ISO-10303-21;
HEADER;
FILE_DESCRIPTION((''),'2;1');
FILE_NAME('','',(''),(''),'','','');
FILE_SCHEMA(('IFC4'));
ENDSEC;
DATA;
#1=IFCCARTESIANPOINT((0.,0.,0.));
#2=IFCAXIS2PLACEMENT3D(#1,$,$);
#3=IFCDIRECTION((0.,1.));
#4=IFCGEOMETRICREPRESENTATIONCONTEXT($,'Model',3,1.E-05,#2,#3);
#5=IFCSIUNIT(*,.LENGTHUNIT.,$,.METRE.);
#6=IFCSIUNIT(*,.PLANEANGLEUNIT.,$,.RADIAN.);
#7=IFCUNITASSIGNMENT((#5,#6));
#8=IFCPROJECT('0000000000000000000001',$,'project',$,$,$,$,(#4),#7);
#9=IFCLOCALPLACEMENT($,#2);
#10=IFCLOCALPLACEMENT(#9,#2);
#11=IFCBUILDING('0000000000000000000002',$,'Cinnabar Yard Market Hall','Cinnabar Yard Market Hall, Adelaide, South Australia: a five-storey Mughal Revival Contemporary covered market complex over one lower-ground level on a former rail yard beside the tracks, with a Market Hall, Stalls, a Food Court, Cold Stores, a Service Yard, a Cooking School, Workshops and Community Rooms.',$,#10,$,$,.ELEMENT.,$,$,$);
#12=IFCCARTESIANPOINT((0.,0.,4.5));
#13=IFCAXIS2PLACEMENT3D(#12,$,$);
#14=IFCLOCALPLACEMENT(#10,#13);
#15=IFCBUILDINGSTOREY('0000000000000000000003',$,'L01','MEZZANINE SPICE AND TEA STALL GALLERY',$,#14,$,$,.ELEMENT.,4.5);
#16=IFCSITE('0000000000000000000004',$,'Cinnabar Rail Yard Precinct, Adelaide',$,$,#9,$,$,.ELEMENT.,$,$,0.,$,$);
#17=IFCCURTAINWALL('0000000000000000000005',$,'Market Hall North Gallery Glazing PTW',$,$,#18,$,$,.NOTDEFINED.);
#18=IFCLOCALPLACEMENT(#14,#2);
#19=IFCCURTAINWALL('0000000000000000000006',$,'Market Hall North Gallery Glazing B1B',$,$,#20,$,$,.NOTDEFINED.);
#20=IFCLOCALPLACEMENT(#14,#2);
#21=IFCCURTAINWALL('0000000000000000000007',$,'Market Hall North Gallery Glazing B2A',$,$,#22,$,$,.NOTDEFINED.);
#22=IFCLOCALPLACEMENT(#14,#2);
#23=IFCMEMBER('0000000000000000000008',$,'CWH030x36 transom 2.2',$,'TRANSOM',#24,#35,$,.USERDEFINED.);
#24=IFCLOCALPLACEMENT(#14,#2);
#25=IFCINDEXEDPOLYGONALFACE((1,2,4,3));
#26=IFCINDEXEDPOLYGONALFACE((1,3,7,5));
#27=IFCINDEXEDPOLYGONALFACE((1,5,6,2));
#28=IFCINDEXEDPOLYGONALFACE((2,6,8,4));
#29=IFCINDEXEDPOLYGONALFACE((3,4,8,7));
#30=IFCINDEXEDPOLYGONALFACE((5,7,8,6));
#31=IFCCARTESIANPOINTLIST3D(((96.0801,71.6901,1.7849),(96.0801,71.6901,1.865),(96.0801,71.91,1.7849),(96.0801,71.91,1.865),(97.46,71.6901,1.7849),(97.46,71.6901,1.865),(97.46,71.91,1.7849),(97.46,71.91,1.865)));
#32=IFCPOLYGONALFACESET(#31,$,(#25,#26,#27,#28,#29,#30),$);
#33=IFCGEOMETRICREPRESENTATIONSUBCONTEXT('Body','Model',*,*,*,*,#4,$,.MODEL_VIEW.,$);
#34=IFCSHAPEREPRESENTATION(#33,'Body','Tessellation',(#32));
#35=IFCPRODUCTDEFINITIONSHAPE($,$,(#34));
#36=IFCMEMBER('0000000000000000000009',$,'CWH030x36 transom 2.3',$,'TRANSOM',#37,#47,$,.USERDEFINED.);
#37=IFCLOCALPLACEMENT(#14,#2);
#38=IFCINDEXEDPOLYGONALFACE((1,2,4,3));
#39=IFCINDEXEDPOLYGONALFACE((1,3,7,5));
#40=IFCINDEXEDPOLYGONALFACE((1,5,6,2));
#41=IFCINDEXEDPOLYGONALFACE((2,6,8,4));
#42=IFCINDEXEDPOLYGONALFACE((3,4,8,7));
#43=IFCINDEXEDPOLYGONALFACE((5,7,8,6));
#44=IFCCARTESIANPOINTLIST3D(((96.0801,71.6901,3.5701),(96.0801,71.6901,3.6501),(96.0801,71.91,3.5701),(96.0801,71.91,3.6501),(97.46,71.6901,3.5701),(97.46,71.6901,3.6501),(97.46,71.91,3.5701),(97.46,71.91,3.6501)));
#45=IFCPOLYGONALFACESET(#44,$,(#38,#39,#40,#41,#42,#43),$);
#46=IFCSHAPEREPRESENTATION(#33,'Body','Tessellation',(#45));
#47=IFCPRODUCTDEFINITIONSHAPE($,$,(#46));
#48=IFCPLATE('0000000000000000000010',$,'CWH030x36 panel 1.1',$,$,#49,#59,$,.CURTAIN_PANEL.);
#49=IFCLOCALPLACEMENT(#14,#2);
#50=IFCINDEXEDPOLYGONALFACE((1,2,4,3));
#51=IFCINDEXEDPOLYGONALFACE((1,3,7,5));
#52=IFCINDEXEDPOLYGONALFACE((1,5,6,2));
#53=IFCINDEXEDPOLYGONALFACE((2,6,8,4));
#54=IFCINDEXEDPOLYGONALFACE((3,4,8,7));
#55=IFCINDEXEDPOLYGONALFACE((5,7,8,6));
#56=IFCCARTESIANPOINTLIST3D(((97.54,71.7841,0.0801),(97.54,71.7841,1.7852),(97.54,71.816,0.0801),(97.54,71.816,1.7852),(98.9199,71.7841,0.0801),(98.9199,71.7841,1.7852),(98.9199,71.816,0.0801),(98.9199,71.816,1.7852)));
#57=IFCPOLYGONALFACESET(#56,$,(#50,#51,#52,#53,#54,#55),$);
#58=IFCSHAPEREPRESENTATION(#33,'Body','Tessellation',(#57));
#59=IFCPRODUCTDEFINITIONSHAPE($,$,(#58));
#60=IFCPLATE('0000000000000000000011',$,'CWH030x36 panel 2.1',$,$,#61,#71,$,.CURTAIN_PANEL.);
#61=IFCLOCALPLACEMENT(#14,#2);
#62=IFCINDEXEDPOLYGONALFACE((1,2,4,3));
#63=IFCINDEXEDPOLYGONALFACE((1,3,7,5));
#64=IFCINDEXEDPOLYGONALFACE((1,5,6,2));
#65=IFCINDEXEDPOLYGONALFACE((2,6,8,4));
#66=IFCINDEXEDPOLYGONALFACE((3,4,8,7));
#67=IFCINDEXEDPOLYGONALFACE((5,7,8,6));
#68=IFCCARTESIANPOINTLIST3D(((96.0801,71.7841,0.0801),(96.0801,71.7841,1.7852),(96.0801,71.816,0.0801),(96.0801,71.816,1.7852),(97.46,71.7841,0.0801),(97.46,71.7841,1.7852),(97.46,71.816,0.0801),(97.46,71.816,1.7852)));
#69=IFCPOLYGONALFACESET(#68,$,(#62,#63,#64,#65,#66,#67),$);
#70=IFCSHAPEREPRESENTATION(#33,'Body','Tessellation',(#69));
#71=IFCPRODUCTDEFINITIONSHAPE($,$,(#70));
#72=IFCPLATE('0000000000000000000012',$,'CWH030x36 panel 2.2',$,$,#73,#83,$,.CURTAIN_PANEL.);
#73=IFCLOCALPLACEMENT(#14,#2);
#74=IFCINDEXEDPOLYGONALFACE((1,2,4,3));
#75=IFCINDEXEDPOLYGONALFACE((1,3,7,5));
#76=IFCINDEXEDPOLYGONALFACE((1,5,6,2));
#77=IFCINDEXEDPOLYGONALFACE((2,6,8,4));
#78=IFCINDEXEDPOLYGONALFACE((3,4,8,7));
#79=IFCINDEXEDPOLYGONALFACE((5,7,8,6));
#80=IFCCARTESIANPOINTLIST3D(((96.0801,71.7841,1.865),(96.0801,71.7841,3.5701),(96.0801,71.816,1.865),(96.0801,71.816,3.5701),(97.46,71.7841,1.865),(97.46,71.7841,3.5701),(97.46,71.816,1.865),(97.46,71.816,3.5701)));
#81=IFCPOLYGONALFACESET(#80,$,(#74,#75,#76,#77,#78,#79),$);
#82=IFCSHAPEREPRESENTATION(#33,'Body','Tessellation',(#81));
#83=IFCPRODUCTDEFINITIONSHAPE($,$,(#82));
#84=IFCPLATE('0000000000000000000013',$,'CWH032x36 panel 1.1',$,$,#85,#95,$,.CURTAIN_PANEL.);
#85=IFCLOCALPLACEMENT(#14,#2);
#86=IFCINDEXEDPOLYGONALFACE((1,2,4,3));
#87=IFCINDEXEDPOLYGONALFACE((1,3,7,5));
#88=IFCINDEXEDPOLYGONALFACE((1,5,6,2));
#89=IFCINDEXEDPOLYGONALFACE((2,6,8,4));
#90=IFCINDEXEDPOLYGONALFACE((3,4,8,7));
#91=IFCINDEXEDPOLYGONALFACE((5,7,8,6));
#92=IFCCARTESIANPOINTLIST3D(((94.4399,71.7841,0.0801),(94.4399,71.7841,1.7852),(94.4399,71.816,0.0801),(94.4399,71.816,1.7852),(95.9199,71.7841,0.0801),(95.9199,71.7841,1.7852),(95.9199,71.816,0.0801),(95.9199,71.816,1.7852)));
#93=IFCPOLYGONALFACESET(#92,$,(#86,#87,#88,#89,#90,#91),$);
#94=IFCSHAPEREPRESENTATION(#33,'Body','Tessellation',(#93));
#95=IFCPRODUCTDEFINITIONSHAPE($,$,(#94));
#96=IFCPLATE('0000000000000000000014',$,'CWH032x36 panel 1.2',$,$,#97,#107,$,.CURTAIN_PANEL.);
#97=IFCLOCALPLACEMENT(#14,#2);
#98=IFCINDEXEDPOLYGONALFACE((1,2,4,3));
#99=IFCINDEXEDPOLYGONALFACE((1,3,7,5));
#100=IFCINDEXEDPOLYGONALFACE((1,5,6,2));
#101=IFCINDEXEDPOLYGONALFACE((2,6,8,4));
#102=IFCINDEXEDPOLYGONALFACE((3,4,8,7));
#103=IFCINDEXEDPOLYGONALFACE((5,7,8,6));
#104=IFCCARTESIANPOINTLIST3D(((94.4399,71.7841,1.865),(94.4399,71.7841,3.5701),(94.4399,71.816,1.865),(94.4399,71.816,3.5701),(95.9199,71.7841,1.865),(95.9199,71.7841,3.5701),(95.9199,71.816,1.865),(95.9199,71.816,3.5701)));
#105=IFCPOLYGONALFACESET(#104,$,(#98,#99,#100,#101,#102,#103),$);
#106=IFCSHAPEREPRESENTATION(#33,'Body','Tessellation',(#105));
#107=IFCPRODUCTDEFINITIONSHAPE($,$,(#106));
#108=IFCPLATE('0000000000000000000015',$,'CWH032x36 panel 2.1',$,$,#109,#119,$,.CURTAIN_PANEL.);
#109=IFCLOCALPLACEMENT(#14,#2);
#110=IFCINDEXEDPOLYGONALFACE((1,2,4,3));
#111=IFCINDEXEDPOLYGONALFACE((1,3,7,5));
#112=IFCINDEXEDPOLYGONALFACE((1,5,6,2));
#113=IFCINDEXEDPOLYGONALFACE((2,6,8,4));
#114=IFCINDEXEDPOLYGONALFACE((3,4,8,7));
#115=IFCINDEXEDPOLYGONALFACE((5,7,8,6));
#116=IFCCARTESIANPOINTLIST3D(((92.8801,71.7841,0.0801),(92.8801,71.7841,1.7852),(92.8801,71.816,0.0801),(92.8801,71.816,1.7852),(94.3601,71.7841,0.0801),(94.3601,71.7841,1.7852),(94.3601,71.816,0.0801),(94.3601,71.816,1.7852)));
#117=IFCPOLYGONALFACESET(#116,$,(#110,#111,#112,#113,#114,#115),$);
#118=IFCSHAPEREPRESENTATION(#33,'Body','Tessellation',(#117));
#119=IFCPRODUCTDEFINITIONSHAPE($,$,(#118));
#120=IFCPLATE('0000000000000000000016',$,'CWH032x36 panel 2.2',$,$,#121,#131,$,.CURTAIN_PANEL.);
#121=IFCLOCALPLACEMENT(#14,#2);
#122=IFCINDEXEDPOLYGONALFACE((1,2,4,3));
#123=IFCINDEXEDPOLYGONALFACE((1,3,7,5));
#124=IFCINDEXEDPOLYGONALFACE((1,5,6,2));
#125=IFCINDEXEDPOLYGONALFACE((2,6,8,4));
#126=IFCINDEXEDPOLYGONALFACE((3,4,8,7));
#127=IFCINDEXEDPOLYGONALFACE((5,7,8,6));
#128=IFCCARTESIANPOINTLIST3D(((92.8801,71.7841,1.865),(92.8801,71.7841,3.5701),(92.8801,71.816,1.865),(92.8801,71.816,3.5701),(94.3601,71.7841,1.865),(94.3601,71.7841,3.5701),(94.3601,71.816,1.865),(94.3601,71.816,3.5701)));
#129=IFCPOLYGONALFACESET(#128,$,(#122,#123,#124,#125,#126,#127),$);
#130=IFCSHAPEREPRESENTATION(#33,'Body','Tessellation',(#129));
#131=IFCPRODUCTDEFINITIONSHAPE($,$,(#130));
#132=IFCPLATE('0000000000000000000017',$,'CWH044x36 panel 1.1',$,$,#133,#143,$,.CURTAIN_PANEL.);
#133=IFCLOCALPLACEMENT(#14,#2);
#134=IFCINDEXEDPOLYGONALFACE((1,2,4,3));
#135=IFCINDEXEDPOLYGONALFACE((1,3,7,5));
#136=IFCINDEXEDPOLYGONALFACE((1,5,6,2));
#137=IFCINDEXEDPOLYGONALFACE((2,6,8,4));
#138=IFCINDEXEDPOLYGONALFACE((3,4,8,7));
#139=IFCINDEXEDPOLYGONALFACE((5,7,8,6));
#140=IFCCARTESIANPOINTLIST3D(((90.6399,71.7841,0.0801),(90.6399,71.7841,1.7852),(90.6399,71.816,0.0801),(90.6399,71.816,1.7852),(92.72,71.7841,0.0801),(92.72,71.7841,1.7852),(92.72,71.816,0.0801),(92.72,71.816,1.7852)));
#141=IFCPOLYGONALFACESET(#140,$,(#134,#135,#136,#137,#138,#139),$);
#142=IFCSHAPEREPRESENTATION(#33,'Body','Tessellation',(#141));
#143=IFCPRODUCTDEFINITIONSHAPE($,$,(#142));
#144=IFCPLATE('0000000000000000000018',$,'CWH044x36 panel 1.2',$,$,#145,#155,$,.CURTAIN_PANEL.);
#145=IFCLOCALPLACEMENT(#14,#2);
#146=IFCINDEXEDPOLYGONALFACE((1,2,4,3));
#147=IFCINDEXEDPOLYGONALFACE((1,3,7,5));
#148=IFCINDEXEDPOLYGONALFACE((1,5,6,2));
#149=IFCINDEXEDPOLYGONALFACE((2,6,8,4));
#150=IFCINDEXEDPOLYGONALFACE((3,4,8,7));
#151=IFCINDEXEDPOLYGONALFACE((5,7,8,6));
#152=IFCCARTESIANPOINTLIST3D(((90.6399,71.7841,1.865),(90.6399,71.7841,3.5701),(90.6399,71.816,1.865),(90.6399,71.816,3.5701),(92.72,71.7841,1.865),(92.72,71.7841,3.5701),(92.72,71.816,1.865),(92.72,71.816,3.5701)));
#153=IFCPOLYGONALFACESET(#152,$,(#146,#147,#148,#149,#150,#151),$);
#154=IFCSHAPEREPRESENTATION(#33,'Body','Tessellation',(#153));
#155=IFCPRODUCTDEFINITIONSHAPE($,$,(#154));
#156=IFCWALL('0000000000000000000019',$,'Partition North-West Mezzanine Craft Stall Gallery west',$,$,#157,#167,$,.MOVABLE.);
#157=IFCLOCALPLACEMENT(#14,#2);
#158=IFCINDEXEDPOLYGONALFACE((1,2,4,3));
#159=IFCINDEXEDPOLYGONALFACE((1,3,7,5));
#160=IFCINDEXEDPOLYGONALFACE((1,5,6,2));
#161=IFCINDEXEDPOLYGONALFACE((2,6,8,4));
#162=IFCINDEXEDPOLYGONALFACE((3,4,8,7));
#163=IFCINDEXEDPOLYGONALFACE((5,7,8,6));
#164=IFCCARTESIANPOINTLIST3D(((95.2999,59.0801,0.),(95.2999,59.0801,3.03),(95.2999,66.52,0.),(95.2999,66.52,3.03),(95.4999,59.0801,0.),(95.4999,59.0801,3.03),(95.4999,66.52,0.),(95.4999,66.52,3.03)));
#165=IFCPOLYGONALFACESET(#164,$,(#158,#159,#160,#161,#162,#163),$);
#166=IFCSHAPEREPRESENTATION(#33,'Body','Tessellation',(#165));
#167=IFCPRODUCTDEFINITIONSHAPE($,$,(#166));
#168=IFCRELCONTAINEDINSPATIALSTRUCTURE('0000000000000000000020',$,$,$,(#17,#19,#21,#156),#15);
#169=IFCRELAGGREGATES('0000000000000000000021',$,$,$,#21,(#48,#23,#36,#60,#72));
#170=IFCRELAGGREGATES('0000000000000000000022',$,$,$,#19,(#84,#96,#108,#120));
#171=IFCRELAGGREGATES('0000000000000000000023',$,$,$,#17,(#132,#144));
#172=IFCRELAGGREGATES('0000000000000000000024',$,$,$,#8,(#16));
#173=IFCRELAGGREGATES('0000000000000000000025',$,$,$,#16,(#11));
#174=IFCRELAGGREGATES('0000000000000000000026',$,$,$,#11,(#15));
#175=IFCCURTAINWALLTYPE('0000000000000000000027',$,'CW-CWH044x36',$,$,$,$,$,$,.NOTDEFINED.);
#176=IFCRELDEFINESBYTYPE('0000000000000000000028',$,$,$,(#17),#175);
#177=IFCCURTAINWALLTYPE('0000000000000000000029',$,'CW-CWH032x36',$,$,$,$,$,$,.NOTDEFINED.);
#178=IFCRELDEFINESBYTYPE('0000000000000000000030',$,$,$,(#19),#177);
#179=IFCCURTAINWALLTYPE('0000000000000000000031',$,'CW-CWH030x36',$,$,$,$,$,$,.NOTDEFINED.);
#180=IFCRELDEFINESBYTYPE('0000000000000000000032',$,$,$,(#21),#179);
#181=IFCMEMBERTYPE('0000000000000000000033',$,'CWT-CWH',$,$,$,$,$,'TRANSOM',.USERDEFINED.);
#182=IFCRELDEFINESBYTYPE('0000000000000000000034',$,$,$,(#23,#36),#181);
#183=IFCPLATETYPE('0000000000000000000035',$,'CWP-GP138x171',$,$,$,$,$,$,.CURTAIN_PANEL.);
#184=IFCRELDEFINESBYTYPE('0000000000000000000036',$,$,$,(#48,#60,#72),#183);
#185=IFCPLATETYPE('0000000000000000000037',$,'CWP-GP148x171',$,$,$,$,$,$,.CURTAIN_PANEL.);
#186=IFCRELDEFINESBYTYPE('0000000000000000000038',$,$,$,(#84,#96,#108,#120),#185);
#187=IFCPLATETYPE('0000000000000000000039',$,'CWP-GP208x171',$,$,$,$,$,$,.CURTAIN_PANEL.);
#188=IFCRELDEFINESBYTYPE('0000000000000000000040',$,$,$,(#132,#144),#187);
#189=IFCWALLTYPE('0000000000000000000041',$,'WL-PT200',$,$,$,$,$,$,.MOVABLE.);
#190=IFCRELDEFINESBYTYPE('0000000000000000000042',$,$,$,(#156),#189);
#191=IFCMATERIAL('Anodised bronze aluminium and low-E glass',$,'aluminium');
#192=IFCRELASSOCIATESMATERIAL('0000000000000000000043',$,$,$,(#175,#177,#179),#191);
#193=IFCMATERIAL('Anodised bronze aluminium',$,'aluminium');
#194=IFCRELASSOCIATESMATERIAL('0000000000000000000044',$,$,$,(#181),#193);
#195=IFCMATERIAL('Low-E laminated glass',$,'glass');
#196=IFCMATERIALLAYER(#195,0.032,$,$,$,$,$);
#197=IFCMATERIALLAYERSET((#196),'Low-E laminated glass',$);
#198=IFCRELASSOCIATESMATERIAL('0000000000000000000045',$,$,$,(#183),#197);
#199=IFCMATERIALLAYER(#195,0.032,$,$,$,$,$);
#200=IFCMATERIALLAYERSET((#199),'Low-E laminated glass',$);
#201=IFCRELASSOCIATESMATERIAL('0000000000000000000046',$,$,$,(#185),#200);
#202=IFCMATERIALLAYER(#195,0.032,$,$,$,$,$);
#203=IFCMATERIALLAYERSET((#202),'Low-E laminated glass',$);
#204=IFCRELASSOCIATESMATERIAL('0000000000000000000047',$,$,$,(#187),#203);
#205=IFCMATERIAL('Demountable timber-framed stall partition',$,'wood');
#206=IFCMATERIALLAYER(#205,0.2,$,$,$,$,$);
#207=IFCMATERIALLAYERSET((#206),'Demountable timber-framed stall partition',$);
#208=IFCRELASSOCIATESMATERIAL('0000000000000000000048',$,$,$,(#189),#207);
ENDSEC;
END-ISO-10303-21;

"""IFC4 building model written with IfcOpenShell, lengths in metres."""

from ifc_helpers import new_model, si_unit, direction, frame, frame_2d, origin, origin_2d_with_axis, place, context, subcontext, project, spatial, rectangle, extrude, material, layer, layer_set, material_profile, profile_set, type_object, element, aggregate, save


model = new_model("IFC4")

# Units and contexts
model_context = context("Model", 3, precision=1e-05, world=origin(), true_north=direction((0.0, 1.0)))
body_context = subcontext(model_context, "Body", "Model", "MODEL_VIEW")
ifc_project = project(units=[si_unit("LENGTHUNIT", "METRE"), si_unit("PLANEANGLEUNIT", "RADIAN")], contexts=[model_context])

# Site, building, storey
site_placement = place(None, origin())
site = spatial("IfcSite", under=ifc_project, at=site_placement, Name="Cinnabar Rail Yard Precinct, Adelaide", CompositionType="ELEMENT", RefElevation=0.0)
building_placement = place(site_placement, origin())
building = spatial("IfcBuilding", under=site, at=building_placement, Name="Cinnabar Yard Market Hall", Description="Cinnabar Yard Market Hall, Adelaide, South Australia: a five-storey Mughal Revival Contemporary covered market complex over one lower-ground level on a former rail yard beside the tracks, with a Market Hall, Stalls, a Food Court, Cold Stores, a Service Yard, a Cooking School, Workshops and Community Rooms.", CompositionType="ELEMENT")
storey_placement = place(building_placement, frame((0.0, 0.0, 4.5)))
storey = spatial("IfcBuildingStorey", under=building, at=storey_placement, Name="L01", Description="MEZZANINE SPICE AND TEA STALL GALLERY", CompositionType="ELEMENT", Elevation=4.5)

# Curtain wall
ifc_material_1 = material(Name="Anodised bronze aluminium and low-E glass", Category="aluminium")
curtain_wall_type_1 = type_object("IfcCurtainWallType", Name="CW-CWH044x36", PredefinedType="NOTDEFINED", material=ifc_material_1)
curtain_wall_1_placement = place(storey_placement, origin())
curtain_wall_1 = element("IfcCurtainWall", 1, at=curtain_wall_1_placement, inside=storey, type_object=curtain_wall_type_1, Name="Market Hall North Gallery Glazing PTW", PredefinedType="NOTDEFINED")
ifc_material_2 = material(Name="Anodised bronze aluminium", Category="aluminium")

# Curtain walls
curtain_wall_type_2 = type_object("IfcCurtainWallType", Name="CW-CWH032x36", PredefinedType="NOTDEFINED", material=ifc_material_1)
curtain_wall_2_placement = place(storey_placement, origin())
curtain_wall_2 = element("IfcCurtainWall", 2, at=curtain_wall_2_placement, inside=storey, type_object=curtain_wall_type_2, Name="Market Hall North Gallery Glazing B1B", PredefinedType="NOTDEFINED")
curtain_wall_type_3 = type_object("IfcCurtainWallType", Name="CW-CWH030x36", PredefinedType="NOTDEFINED", material=ifc_material_1)
curtain_wall_3_placement = place(storey_placement, origin())
curtain_wall_3 = element("IfcCurtainWall", 3, at=curtain_wall_3_placement, inside=storey, type_object=curtain_wall_type_3, Name="Market Hall North Gallery Glazing B2A", PredefinedType="NOTDEFINED")

# Members
ifc_material_profile_1 = material_profile(ifc_material_2, rectangle(XDim=0.22, YDim=0.0801, at=origin_2d_with_axis()), Name="TRN-CWH")
ifc_profile_set_1 = profile_set([ifc_material_profile_1], Name="Anodised bronze aluminium")
member_type_1 = type_object("IfcMemberType", Name="CWT-CWH", ElementType="TRANSOM", PredefinedType="USERDEFINED", material=ifc_profile_set_1)
member_1_placement = place(storey_placement, frame((97.46, 71.8, 1.825), z_axis=(-1.0, 0.0, 0.0), x_axis=(0.0, -1.0, 0.0)))
member_1 = element("IfcMember", 4, at=member_1_placement, type_object=member_type_1, Name="CWH030x36 transom 2.2", ObjectType="TRANSOM", PredefinedType="USERDEFINED", context=body_context, shape_type="SweptSolid", body=[
    extrude(rectangle(XDim=0.22, YDim=0.0801, at=origin_2d_with_axis()), origin(), (0.0, 0.0, 1.0), 1.3799),
])
member_2_placement = place(storey_placement, frame((97.46, 71.8, 3.6101), z_axis=(-1.0, 0.0, 0.0), x_axis=(0.0, -1.0, 0.0)))
member_2 = element("IfcMember", 5, at=member_2_placement, type_object=member_type_1, Name="CWH030x36 transom 2.3", ObjectType="TRANSOM", PredefinedType="USERDEFINED", context=body_context, shape_type="SweptSolid", body=[
    extrude(rectangle(XDim=0.22, YDim=0.0801, at=origin_2d_with_axis()), origin(), (0.0, 0.0, 1.0), 1.3799),
])

# Plates
ifc_material_3 = material(Name="Low-E laminated glass", Category="glass")
ifc_layer_1 = layer(ifc_material_3, 0.032)
ifc_layer_set_1 = layer_set([ifc_layer_1], Name="Low-E laminated glass")
plate_type_1 = type_object("IfcPlateType", Name="CWP-GP138x171", PredefinedType="CURTAIN_PANEL", material=ifc_layer_set_1)
plate_1_placement = place(storey_placement, frame((98.23, 71.8, 0.0801), z_axis=(0.0, 0.0, 1.0), x_axis=(-1.0, 0.0, 0.0)))
plate_1 = element("IfcPlate", 6, at=plate_1_placement, type_object=plate_type_1, Name="CWH030x36 panel 1.1", PredefinedType="CURTAIN_PANEL", context=body_context, shape_type="SweptSolid", body=[
    extrude(rectangle(XDim=1.3799, YDim=0.032, at=origin_2d_with_axis()), origin(), (0.0, 0.0, 1.0), 1.7051),
])
plate_2_placement = place(storey_placement, frame((96.77, 71.8, 0.0801), z_axis=(0.0, 0.0, 1.0), x_axis=(-1.0, 0.0, 0.0)))
plate_2 = element("IfcPlate", 7, at=plate_2_placement, type_object=plate_type_1, Name="CWH030x36 panel 2.1", PredefinedType="CURTAIN_PANEL", context=body_context, shape_type="SweptSolid", body=[
    extrude(rectangle(XDim=1.3799, YDim=0.032, at=origin_2d_with_axis()), origin(), (0.0, 0.0, 1.0), 1.7051),
])
plate_3_placement = place(storey_placement, frame((96.77, 71.8, 1.865), z_axis=(0.0, 0.0, 1.0), x_axis=(-1.0, 0.0, 0.0)))
plate_3 = element("IfcPlate", 8, at=plate_3_placement, type_object=plate_type_1, Name="CWH030x36 panel 2.2", PredefinedType="CURTAIN_PANEL", context=body_context, shape_type="SweptSolid", body=[
    extrude(rectangle(XDim=1.3799, YDim=0.032, at=origin_2d_with_axis()), origin(), (0.0, 0.0, 1.0), 1.7051),
])
aggregate(curtain_wall_3, [plate_1, member_1, member_2, plate_2, plate_3])
ifc_layer_2 = layer(ifc_material_3, 0.032)
ifc_layer_set_2 = layer_set([ifc_layer_2], Name="Low-E laminated glass")
plate_type_2 = type_object("IfcPlateType", Name="CWP-GP148x171", PredefinedType="CURTAIN_PANEL", material=ifc_layer_set_2)
plate_4_placement = place(storey_placement, frame((95.1799, 71.8, 0.0801), z_axis=(0.0, 0.0, 1.0), x_axis=(-1.0, 0.0, 0.0)))
plate_4 = element("IfcPlate", 9, at=plate_4_placement, type_object=plate_type_2, Name="CWH032x36 panel 1.1", PredefinedType="CURTAIN_PANEL", context=body_context, shape_type="SweptSolid", body=[
    extrude(rectangle(XDim=1.48, YDim=0.032, at=origin_2d_with_axis()), origin(), (0.0, 0.0, 1.0), 1.7051),
])
plate_5_placement = place(storey_placement, frame((95.1799, 71.8, 1.865), z_axis=(0.0, 0.0, 1.0), x_axis=(-1.0, 0.0, 0.0)))
plate_5 = element("IfcPlate", 10, at=plate_5_placement, type_object=plate_type_2, Name="CWH032x36 panel 1.2", PredefinedType="CURTAIN_PANEL", context=body_context, shape_type="SweptSolid", body=[
    extrude(rectangle(XDim=1.48, YDim=0.032, at=origin_2d_with_axis()), origin(), (0.0, 0.0, 1.0), 1.7051),
])
plate_6_placement = place(storey_placement, frame((93.6201, 71.8, 0.0801), z_axis=(0.0, 0.0, 1.0), x_axis=(-1.0, 0.0, 0.0)))
plate_6 = element("IfcPlate", 11, at=plate_6_placement, type_object=plate_type_2, Name="CWH032x36 panel 2.1", PredefinedType="CURTAIN_PANEL", context=body_context, shape_type="SweptSolid", body=[
    extrude(rectangle(XDim=1.48, YDim=0.032, at=origin_2d_with_axis()), origin(), (0.0, 0.0, 1.0), 1.7051),
])
plate_7_placement = place(storey_placement, frame((93.6201, 71.8, 1.865), z_axis=(0.0, 0.0, 1.0), x_axis=(-1.0, 0.0, 0.0)))
plate_7 = element("IfcPlate", 12, at=plate_7_placement, type_object=plate_type_2, Name="CWH032x36 panel 2.2", PredefinedType="CURTAIN_PANEL", context=body_context, shape_type="SweptSolid", body=[
    extrude(rectangle(XDim=1.48, YDim=0.032, at=origin_2d_with_axis()), origin(), (0.0, 0.0, 1.0), 1.7051),
])
aggregate(curtain_wall_2, [plate_4, plate_5, plate_6, plate_7])
ifc_layer_3 = layer(ifc_material_3, 0.032)
ifc_layer_set_3 = layer_set([ifc_layer_3], Name="Low-E laminated glass")
plate_type_3 = type_object("IfcPlateType", Name="CWP-GP208x171", PredefinedType="CURTAIN_PANEL", material=ifc_layer_set_3)
plate_8_placement = place(storey_placement, frame((91.6799, 71.8, 0.0801), z_axis=(0.0, 0.0, 1.0), x_axis=(-1.0, 0.0, 0.0)))
plate_8 = element("IfcPlate", 13, at=plate_8_placement, type_object=plate_type_3, Name="CWH044x36 panel 1.1", PredefinedType="CURTAIN_PANEL", context=body_context, shape_type="SweptSolid", body=[
    extrude(rectangle(XDim=2.0801, YDim=0.032, at=origin_2d_with_axis()), origin(), (0.0, 0.0, 1.0), 1.7051),
])
plate_9_placement = place(storey_placement, frame((91.6799, 71.8, 1.865), z_axis=(0.0, 0.0, 1.0), x_axis=(-1.0, 0.0, 0.0)))
plate_9 = element("IfcPlate", 14, at=plate_9_placement, type_object=plate_type_3, Name="CWH044x36 panel 1.2", PredefinedType="CURTAIN_PANEL", context=body_context, shape_type="SweptSolid", body=[
    extrude(rectangle(XDim=2.0801, YDim=0.032, at=origin_2d_with_axis()), origin(), (0.0, 0.0, 1.0), 1.7051),
])
aggregate(curtain_wall_1, [plate_8, plate_9])

# Shared definitions
ifc_material_4 = material(Name="Demountable timber-framed stall partition", Category="wood")
ifc_layer_4 = layer(ifc_material_4, 0.2)
ifc_layer_set_4 = layer_set([ifc_layer_4], Name="Demountable timber-framed stall partition")
wall_type_1 = type_object("IfcWallType", Name="WL-PT200", PredefinedType="MOVABLE", material=ifc_layer_set_4)

# Wall
wall_1_placement = place(storey_placement, frame((95.3999, 66.52, 0.0), z_axis=(0.0, 0.0, 1.0), x_axis=(0.0, -1.0, 0.0)))
element("IfcWall", 15, at=wall_1_placement, inside=storey, type_object=wall_type_1, Name="Partition North-West Mezzanine Craft Stall Gallery west", PredefinedType="MOVABLE", context=body_context, shape_type="SweptSolid", body=[
    extrude(rectangle(XDim=7.4399, YDim=0.2, at=frame_2d((3.72, 0.0), x_axis=(1.0, 0.0))), origin(), (0.0, 0.0, 1.0), 3.03),
])

save(model, "model.ifc")
